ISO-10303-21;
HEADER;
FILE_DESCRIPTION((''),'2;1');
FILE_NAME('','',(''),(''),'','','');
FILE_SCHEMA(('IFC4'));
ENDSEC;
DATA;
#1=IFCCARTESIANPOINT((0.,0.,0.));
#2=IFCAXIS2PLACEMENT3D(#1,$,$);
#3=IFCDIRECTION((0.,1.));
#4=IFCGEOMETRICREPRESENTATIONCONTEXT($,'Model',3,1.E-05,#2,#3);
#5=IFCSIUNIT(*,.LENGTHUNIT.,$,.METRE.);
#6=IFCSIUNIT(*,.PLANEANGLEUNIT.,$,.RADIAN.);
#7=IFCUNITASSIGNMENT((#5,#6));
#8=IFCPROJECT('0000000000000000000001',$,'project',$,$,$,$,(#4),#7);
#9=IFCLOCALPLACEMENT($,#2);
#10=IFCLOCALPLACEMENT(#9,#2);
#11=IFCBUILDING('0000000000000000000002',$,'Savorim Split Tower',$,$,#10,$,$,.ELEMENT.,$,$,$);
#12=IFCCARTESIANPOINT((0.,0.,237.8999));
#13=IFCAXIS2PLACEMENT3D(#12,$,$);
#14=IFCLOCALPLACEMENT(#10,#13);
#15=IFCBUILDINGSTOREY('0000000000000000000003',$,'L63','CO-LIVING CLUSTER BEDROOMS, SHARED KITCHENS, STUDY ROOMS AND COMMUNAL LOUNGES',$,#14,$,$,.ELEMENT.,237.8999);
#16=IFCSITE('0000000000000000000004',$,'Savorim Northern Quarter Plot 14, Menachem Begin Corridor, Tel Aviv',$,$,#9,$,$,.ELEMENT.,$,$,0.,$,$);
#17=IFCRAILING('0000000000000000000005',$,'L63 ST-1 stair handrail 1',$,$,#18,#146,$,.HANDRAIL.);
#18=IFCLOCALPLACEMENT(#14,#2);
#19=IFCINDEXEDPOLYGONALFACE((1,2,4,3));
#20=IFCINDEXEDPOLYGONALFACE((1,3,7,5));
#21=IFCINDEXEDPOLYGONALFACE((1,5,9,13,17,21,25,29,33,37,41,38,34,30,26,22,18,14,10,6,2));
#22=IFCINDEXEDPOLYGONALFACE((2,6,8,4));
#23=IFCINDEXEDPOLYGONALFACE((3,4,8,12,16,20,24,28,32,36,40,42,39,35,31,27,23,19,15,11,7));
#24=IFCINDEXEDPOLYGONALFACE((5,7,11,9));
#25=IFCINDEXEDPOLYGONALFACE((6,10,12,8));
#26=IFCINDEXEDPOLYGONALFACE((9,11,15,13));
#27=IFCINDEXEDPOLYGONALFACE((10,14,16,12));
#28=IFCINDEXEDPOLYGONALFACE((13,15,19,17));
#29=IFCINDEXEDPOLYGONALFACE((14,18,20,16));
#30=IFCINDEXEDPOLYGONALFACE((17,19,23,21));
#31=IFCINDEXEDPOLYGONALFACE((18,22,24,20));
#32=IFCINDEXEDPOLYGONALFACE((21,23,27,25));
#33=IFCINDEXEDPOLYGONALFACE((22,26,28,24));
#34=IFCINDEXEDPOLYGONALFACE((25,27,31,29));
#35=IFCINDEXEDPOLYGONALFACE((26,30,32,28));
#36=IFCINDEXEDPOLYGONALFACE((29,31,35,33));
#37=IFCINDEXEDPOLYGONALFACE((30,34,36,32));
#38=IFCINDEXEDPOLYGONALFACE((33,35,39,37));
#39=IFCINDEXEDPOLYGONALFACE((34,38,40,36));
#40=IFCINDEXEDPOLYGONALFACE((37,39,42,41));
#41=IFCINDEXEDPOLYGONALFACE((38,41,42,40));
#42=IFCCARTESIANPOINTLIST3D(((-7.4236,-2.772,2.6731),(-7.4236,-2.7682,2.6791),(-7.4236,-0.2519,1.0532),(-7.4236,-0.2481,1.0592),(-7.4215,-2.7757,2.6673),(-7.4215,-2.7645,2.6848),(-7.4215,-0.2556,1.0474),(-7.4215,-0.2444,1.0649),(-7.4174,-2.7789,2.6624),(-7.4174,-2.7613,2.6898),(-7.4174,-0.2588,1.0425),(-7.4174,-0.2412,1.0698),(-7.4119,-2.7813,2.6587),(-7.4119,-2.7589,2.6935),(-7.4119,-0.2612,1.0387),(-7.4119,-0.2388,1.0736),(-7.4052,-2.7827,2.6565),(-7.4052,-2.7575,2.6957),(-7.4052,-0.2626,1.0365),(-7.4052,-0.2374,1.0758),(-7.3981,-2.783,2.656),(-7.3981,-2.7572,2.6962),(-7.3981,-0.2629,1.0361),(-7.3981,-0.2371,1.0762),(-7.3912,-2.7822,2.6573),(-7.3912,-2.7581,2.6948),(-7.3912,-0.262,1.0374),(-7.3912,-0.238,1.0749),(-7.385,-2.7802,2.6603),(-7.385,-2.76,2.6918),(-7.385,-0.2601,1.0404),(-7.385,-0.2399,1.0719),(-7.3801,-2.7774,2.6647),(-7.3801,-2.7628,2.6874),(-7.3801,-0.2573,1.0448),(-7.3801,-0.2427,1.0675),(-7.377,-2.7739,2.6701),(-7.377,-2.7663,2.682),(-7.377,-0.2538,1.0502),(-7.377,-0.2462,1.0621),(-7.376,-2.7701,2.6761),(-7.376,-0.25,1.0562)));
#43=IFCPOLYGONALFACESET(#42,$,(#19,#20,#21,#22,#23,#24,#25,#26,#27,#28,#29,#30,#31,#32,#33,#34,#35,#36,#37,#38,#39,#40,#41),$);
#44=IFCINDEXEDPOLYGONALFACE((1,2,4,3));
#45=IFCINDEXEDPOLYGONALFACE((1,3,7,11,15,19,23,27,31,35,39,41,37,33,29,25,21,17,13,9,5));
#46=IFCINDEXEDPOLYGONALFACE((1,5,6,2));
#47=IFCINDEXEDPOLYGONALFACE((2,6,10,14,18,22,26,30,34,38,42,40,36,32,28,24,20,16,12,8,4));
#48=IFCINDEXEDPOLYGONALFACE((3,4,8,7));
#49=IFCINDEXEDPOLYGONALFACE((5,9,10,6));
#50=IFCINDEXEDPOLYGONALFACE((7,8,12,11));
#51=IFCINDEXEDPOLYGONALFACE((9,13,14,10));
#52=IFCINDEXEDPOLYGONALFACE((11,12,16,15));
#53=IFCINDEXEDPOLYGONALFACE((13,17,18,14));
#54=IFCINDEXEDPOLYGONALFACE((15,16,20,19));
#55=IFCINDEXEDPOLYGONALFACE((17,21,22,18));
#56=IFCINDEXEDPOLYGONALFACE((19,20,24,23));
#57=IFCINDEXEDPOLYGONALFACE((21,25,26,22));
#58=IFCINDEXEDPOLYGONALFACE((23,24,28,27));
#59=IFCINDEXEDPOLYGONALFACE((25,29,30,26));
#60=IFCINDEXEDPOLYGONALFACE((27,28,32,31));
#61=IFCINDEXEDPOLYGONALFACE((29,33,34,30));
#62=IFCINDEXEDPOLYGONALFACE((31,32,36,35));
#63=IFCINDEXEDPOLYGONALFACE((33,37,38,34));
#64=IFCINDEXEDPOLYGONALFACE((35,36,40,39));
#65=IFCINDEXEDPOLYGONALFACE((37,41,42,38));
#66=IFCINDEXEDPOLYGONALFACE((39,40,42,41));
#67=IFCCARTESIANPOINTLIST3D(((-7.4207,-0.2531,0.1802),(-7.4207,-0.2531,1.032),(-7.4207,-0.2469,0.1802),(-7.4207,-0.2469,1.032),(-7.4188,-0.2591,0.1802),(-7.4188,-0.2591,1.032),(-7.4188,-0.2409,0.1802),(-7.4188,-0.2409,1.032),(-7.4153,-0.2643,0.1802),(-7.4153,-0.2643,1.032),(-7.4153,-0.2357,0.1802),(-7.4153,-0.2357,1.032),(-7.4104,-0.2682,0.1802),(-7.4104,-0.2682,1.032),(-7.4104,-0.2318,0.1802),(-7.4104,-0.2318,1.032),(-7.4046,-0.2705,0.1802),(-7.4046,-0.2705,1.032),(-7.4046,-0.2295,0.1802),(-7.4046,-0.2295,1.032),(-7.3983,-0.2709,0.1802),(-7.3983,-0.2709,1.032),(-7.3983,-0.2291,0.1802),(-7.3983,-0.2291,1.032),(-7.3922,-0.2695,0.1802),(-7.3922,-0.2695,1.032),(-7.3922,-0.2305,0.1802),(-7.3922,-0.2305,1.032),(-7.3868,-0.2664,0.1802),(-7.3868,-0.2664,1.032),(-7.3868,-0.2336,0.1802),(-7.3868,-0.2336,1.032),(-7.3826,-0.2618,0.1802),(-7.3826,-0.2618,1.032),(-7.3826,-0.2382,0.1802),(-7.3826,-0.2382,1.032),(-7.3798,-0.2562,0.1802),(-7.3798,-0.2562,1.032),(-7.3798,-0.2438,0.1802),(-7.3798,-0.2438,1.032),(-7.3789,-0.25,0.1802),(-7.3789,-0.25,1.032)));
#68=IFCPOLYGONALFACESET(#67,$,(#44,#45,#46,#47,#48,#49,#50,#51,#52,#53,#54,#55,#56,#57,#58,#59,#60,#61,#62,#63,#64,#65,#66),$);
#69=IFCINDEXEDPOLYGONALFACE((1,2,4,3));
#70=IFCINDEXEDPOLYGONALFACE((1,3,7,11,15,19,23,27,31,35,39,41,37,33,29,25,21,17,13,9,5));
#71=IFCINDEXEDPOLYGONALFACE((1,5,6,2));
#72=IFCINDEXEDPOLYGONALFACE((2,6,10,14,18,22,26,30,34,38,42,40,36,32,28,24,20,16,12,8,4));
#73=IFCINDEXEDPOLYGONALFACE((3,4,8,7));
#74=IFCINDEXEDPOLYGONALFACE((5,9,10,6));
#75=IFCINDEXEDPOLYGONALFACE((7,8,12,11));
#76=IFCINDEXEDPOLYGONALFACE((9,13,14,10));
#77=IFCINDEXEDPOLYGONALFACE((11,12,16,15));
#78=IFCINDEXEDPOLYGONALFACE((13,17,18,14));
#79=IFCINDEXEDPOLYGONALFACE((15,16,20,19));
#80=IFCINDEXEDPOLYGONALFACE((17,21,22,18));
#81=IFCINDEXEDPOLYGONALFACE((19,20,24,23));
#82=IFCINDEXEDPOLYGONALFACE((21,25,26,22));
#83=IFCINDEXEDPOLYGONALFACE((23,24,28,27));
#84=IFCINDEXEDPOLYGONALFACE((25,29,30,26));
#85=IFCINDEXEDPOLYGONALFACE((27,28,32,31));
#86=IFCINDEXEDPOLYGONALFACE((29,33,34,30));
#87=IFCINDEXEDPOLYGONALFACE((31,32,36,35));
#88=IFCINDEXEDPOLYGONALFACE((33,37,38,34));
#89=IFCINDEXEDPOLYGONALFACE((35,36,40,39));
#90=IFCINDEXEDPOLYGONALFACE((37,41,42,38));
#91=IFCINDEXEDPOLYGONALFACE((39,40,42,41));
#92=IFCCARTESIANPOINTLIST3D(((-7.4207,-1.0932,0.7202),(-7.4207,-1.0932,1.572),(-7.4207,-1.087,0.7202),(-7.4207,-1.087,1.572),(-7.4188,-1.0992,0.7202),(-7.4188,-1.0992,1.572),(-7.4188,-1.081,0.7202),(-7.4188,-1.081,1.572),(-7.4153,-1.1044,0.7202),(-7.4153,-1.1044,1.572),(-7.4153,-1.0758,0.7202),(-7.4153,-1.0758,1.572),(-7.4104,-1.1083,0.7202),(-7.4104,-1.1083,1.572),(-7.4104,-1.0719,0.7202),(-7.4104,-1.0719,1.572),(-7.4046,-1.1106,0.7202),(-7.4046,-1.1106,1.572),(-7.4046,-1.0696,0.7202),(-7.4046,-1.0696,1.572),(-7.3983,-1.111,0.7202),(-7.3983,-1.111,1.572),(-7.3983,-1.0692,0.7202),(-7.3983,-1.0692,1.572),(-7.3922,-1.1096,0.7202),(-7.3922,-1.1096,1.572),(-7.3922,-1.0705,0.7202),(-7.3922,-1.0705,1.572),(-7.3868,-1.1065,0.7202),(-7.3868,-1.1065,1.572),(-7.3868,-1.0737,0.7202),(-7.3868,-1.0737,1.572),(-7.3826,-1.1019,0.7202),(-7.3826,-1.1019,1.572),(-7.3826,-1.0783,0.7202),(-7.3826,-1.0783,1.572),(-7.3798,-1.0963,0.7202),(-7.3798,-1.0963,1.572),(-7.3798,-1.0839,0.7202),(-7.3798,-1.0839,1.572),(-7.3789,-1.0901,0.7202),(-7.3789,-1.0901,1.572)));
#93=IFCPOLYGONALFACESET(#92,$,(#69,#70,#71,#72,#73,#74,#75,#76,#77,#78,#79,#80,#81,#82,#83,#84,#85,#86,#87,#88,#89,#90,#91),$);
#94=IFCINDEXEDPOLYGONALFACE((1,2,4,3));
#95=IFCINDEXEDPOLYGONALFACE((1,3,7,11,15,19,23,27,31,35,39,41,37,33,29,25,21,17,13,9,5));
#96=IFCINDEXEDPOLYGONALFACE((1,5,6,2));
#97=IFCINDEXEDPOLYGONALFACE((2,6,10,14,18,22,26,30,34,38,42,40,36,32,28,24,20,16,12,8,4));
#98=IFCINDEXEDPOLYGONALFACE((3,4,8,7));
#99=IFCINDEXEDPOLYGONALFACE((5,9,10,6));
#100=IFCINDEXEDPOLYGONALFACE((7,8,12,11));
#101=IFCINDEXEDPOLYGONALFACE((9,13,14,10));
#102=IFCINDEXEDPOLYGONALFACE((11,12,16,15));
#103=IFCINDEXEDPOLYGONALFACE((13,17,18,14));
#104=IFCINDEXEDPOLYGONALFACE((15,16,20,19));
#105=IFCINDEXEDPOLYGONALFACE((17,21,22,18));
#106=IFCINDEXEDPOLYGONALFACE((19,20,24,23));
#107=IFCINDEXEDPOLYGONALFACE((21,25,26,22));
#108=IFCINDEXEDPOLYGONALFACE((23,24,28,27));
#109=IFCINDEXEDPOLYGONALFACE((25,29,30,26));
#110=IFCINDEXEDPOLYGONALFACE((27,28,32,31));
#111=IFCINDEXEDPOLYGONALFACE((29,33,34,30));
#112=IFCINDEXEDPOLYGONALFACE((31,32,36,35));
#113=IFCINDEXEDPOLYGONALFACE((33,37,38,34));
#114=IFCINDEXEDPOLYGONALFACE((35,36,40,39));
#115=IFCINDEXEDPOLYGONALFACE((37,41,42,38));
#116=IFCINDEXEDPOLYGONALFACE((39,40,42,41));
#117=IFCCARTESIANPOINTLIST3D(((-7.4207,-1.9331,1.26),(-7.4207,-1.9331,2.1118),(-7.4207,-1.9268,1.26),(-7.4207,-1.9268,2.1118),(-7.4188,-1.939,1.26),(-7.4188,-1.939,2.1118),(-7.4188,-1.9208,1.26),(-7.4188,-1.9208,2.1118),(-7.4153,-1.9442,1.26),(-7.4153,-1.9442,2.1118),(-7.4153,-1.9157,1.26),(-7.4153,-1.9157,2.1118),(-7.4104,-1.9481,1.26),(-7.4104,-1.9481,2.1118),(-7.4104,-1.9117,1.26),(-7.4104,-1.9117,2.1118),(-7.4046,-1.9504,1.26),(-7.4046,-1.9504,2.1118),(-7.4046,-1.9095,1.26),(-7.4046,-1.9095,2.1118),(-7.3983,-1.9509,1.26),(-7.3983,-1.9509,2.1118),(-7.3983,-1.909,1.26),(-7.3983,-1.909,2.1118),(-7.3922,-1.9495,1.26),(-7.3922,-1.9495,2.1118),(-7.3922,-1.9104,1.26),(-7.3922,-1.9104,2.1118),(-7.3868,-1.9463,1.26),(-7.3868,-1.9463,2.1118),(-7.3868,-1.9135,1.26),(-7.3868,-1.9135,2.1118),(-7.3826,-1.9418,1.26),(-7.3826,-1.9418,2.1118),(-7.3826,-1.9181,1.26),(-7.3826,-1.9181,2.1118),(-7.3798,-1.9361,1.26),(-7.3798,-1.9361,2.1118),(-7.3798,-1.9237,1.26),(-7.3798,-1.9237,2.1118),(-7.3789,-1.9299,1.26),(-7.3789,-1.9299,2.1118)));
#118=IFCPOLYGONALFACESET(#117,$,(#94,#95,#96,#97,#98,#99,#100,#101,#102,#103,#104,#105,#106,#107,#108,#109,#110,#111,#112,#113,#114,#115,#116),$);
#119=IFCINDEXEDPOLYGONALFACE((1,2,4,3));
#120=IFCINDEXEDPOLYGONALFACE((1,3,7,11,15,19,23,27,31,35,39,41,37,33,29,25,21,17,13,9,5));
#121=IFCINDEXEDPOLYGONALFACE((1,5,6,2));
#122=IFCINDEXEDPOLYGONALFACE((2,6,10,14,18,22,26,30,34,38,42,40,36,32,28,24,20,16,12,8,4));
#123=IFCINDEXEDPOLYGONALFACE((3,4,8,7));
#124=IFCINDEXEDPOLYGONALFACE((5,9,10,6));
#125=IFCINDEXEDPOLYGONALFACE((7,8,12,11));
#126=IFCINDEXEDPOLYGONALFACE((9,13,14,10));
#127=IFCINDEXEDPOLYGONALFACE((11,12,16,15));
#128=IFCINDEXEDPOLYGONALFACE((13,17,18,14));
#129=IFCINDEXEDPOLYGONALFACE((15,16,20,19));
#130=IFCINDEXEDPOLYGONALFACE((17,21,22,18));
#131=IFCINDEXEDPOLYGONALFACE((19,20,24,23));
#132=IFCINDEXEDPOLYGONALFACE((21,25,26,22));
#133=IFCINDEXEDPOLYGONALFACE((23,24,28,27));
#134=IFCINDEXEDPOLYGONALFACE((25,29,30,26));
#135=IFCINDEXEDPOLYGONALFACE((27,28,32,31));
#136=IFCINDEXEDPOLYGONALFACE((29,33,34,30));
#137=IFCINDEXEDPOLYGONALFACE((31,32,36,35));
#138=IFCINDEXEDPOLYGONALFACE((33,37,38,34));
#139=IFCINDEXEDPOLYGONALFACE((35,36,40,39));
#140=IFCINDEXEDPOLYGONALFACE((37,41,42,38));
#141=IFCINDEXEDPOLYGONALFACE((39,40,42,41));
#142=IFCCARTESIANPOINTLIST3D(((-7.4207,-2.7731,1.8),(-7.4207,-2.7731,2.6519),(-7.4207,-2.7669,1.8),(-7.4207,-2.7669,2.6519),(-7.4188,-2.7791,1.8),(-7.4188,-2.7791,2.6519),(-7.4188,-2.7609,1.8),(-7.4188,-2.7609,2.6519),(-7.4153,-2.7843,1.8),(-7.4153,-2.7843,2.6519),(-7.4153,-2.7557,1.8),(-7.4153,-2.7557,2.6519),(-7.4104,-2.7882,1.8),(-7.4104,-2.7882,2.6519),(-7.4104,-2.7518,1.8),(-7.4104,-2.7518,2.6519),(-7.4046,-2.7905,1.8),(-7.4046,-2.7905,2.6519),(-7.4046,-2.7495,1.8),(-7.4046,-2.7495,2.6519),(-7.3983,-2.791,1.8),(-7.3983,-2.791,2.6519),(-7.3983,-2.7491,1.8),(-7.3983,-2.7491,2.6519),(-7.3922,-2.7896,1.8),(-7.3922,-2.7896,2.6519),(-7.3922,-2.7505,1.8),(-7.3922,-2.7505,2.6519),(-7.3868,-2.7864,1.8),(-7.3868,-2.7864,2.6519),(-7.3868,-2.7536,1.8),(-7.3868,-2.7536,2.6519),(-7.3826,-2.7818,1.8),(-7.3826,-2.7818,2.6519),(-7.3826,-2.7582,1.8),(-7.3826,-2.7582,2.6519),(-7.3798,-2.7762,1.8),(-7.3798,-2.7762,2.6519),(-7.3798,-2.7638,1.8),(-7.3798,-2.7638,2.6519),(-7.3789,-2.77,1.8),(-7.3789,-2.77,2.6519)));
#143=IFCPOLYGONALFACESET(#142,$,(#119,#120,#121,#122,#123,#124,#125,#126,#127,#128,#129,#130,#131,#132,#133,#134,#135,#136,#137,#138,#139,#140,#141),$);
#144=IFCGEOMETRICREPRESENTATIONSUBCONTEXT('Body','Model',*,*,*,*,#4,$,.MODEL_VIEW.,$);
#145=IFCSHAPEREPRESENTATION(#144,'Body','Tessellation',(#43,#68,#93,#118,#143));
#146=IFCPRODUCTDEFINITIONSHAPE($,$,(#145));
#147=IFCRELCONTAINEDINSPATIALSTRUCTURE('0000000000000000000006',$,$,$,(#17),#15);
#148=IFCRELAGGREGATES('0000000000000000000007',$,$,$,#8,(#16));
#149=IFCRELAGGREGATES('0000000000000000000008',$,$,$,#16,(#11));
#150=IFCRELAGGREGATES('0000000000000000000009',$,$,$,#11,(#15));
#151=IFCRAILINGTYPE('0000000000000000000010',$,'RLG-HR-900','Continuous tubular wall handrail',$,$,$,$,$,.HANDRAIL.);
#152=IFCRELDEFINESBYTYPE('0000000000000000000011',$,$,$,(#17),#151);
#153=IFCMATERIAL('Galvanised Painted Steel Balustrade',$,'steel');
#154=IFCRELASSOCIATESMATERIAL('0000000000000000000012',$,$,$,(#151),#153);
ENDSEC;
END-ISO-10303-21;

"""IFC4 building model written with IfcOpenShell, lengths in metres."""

from ifc_helpers import new_model, si_unit, direction, frame, origin, origin_2d, place, context, subcontext, project, spatial, circle, extrude, material, type_object, element, save


model = new_model("IFC4")

# Units and contexts
model_context = context("Model", 3, precision=1e-05, world=origin(), true_north=direction((0.0, 1.0)))
body_context = subcontext(model_context, "Body", "Model", "MODEL_VIEW")
ifc_project = project(units=[si_unit("LENGTHUNIT", "METRE"), si_unit("PLANEANGLEUNIT", "RADIAN")], contexts=[model_context])

# Site, building, storey
site_placement = place(None, origin())
site = spatial("IfcSite", under=ifc_project, at=site_placement, Name="Savorim Northern Quarter Plot 14, Menachem Begin Corridor, Tel Aviv", CompositionType="ELEMENT", RefElevation=0.0)
building_placement = place(site_placement, origin())
building = spatial("IfcBuilding", under=site, at=building_placement, Name="Savorim Split Tower", CompositionType="ELEMENT")
storey_placement = place(building_placement, frame((0.0, 0.0, 237.8999)))
storey = spatial("IfcBuildingStorey", under=building, at=storey_placement, Name="L63", Description="CO-LIVING CLUSTER BEDROOMS, SHARED KITCHENS, STUDY ROOMS AND COMMUNAL LOUNGES", CompositionType="ELEMENT", Elevation=237.8999)

# Railing
ifc_material_1 = material(Name="Galvanised Painted Steel Balustrade", Category="steel")
railing_type_1 = type_object("IfcRailingType", Name="RLG-HR-900", Description="Continuous tubular wall handrail", PredefinedType="HANDRAIL", material=ifc_material_1)
railing_1_placement = place(storey_placement, frame((-7.3999, -0.25, 0.1802)))
element("IfcRailing", 1, at=railing_1_placement, inside=storey, type_object=railing_type_1, Name="L63 ST-1 stair handrail 1", PredefinedType="HANDRAIL", context=body_context, shape_type="SweptSolid", body=[
    extrude(circle(Radius=0.0239, at=origin_2d()), frame((0.0, 0.0, 0.876), z_axis=(0.0, -0.8412, 0.540725), x_axis=(1.0, 0.0, 0.0)), (0.0, 0.0, 1.0), 2.9958),
    extrude(circle(Radius=0.021, at=origin_2d()), origin(), (0.0, 0.0, 1.0), 0.8518),
    extrude(circle(Radius=0.021, at=origin_2d()), frame((0.0, -0.8401, 0.54)), (0.0, 0.0, 1.0), 0.8518),
    extrude(circle(Radius=0.021, at=origin_2d()), frame((0.0, -1.6799, 1.0798)), (0.0, 0.0, 1.0), 0.8518),
    extrude(circle(Radius=0.021, at=origin_2d()), frame((0.0, -2.52, 1.6199)), (0.0, 0.0, 1.0), 0.8518),
])

save(model, "model.ifc")
